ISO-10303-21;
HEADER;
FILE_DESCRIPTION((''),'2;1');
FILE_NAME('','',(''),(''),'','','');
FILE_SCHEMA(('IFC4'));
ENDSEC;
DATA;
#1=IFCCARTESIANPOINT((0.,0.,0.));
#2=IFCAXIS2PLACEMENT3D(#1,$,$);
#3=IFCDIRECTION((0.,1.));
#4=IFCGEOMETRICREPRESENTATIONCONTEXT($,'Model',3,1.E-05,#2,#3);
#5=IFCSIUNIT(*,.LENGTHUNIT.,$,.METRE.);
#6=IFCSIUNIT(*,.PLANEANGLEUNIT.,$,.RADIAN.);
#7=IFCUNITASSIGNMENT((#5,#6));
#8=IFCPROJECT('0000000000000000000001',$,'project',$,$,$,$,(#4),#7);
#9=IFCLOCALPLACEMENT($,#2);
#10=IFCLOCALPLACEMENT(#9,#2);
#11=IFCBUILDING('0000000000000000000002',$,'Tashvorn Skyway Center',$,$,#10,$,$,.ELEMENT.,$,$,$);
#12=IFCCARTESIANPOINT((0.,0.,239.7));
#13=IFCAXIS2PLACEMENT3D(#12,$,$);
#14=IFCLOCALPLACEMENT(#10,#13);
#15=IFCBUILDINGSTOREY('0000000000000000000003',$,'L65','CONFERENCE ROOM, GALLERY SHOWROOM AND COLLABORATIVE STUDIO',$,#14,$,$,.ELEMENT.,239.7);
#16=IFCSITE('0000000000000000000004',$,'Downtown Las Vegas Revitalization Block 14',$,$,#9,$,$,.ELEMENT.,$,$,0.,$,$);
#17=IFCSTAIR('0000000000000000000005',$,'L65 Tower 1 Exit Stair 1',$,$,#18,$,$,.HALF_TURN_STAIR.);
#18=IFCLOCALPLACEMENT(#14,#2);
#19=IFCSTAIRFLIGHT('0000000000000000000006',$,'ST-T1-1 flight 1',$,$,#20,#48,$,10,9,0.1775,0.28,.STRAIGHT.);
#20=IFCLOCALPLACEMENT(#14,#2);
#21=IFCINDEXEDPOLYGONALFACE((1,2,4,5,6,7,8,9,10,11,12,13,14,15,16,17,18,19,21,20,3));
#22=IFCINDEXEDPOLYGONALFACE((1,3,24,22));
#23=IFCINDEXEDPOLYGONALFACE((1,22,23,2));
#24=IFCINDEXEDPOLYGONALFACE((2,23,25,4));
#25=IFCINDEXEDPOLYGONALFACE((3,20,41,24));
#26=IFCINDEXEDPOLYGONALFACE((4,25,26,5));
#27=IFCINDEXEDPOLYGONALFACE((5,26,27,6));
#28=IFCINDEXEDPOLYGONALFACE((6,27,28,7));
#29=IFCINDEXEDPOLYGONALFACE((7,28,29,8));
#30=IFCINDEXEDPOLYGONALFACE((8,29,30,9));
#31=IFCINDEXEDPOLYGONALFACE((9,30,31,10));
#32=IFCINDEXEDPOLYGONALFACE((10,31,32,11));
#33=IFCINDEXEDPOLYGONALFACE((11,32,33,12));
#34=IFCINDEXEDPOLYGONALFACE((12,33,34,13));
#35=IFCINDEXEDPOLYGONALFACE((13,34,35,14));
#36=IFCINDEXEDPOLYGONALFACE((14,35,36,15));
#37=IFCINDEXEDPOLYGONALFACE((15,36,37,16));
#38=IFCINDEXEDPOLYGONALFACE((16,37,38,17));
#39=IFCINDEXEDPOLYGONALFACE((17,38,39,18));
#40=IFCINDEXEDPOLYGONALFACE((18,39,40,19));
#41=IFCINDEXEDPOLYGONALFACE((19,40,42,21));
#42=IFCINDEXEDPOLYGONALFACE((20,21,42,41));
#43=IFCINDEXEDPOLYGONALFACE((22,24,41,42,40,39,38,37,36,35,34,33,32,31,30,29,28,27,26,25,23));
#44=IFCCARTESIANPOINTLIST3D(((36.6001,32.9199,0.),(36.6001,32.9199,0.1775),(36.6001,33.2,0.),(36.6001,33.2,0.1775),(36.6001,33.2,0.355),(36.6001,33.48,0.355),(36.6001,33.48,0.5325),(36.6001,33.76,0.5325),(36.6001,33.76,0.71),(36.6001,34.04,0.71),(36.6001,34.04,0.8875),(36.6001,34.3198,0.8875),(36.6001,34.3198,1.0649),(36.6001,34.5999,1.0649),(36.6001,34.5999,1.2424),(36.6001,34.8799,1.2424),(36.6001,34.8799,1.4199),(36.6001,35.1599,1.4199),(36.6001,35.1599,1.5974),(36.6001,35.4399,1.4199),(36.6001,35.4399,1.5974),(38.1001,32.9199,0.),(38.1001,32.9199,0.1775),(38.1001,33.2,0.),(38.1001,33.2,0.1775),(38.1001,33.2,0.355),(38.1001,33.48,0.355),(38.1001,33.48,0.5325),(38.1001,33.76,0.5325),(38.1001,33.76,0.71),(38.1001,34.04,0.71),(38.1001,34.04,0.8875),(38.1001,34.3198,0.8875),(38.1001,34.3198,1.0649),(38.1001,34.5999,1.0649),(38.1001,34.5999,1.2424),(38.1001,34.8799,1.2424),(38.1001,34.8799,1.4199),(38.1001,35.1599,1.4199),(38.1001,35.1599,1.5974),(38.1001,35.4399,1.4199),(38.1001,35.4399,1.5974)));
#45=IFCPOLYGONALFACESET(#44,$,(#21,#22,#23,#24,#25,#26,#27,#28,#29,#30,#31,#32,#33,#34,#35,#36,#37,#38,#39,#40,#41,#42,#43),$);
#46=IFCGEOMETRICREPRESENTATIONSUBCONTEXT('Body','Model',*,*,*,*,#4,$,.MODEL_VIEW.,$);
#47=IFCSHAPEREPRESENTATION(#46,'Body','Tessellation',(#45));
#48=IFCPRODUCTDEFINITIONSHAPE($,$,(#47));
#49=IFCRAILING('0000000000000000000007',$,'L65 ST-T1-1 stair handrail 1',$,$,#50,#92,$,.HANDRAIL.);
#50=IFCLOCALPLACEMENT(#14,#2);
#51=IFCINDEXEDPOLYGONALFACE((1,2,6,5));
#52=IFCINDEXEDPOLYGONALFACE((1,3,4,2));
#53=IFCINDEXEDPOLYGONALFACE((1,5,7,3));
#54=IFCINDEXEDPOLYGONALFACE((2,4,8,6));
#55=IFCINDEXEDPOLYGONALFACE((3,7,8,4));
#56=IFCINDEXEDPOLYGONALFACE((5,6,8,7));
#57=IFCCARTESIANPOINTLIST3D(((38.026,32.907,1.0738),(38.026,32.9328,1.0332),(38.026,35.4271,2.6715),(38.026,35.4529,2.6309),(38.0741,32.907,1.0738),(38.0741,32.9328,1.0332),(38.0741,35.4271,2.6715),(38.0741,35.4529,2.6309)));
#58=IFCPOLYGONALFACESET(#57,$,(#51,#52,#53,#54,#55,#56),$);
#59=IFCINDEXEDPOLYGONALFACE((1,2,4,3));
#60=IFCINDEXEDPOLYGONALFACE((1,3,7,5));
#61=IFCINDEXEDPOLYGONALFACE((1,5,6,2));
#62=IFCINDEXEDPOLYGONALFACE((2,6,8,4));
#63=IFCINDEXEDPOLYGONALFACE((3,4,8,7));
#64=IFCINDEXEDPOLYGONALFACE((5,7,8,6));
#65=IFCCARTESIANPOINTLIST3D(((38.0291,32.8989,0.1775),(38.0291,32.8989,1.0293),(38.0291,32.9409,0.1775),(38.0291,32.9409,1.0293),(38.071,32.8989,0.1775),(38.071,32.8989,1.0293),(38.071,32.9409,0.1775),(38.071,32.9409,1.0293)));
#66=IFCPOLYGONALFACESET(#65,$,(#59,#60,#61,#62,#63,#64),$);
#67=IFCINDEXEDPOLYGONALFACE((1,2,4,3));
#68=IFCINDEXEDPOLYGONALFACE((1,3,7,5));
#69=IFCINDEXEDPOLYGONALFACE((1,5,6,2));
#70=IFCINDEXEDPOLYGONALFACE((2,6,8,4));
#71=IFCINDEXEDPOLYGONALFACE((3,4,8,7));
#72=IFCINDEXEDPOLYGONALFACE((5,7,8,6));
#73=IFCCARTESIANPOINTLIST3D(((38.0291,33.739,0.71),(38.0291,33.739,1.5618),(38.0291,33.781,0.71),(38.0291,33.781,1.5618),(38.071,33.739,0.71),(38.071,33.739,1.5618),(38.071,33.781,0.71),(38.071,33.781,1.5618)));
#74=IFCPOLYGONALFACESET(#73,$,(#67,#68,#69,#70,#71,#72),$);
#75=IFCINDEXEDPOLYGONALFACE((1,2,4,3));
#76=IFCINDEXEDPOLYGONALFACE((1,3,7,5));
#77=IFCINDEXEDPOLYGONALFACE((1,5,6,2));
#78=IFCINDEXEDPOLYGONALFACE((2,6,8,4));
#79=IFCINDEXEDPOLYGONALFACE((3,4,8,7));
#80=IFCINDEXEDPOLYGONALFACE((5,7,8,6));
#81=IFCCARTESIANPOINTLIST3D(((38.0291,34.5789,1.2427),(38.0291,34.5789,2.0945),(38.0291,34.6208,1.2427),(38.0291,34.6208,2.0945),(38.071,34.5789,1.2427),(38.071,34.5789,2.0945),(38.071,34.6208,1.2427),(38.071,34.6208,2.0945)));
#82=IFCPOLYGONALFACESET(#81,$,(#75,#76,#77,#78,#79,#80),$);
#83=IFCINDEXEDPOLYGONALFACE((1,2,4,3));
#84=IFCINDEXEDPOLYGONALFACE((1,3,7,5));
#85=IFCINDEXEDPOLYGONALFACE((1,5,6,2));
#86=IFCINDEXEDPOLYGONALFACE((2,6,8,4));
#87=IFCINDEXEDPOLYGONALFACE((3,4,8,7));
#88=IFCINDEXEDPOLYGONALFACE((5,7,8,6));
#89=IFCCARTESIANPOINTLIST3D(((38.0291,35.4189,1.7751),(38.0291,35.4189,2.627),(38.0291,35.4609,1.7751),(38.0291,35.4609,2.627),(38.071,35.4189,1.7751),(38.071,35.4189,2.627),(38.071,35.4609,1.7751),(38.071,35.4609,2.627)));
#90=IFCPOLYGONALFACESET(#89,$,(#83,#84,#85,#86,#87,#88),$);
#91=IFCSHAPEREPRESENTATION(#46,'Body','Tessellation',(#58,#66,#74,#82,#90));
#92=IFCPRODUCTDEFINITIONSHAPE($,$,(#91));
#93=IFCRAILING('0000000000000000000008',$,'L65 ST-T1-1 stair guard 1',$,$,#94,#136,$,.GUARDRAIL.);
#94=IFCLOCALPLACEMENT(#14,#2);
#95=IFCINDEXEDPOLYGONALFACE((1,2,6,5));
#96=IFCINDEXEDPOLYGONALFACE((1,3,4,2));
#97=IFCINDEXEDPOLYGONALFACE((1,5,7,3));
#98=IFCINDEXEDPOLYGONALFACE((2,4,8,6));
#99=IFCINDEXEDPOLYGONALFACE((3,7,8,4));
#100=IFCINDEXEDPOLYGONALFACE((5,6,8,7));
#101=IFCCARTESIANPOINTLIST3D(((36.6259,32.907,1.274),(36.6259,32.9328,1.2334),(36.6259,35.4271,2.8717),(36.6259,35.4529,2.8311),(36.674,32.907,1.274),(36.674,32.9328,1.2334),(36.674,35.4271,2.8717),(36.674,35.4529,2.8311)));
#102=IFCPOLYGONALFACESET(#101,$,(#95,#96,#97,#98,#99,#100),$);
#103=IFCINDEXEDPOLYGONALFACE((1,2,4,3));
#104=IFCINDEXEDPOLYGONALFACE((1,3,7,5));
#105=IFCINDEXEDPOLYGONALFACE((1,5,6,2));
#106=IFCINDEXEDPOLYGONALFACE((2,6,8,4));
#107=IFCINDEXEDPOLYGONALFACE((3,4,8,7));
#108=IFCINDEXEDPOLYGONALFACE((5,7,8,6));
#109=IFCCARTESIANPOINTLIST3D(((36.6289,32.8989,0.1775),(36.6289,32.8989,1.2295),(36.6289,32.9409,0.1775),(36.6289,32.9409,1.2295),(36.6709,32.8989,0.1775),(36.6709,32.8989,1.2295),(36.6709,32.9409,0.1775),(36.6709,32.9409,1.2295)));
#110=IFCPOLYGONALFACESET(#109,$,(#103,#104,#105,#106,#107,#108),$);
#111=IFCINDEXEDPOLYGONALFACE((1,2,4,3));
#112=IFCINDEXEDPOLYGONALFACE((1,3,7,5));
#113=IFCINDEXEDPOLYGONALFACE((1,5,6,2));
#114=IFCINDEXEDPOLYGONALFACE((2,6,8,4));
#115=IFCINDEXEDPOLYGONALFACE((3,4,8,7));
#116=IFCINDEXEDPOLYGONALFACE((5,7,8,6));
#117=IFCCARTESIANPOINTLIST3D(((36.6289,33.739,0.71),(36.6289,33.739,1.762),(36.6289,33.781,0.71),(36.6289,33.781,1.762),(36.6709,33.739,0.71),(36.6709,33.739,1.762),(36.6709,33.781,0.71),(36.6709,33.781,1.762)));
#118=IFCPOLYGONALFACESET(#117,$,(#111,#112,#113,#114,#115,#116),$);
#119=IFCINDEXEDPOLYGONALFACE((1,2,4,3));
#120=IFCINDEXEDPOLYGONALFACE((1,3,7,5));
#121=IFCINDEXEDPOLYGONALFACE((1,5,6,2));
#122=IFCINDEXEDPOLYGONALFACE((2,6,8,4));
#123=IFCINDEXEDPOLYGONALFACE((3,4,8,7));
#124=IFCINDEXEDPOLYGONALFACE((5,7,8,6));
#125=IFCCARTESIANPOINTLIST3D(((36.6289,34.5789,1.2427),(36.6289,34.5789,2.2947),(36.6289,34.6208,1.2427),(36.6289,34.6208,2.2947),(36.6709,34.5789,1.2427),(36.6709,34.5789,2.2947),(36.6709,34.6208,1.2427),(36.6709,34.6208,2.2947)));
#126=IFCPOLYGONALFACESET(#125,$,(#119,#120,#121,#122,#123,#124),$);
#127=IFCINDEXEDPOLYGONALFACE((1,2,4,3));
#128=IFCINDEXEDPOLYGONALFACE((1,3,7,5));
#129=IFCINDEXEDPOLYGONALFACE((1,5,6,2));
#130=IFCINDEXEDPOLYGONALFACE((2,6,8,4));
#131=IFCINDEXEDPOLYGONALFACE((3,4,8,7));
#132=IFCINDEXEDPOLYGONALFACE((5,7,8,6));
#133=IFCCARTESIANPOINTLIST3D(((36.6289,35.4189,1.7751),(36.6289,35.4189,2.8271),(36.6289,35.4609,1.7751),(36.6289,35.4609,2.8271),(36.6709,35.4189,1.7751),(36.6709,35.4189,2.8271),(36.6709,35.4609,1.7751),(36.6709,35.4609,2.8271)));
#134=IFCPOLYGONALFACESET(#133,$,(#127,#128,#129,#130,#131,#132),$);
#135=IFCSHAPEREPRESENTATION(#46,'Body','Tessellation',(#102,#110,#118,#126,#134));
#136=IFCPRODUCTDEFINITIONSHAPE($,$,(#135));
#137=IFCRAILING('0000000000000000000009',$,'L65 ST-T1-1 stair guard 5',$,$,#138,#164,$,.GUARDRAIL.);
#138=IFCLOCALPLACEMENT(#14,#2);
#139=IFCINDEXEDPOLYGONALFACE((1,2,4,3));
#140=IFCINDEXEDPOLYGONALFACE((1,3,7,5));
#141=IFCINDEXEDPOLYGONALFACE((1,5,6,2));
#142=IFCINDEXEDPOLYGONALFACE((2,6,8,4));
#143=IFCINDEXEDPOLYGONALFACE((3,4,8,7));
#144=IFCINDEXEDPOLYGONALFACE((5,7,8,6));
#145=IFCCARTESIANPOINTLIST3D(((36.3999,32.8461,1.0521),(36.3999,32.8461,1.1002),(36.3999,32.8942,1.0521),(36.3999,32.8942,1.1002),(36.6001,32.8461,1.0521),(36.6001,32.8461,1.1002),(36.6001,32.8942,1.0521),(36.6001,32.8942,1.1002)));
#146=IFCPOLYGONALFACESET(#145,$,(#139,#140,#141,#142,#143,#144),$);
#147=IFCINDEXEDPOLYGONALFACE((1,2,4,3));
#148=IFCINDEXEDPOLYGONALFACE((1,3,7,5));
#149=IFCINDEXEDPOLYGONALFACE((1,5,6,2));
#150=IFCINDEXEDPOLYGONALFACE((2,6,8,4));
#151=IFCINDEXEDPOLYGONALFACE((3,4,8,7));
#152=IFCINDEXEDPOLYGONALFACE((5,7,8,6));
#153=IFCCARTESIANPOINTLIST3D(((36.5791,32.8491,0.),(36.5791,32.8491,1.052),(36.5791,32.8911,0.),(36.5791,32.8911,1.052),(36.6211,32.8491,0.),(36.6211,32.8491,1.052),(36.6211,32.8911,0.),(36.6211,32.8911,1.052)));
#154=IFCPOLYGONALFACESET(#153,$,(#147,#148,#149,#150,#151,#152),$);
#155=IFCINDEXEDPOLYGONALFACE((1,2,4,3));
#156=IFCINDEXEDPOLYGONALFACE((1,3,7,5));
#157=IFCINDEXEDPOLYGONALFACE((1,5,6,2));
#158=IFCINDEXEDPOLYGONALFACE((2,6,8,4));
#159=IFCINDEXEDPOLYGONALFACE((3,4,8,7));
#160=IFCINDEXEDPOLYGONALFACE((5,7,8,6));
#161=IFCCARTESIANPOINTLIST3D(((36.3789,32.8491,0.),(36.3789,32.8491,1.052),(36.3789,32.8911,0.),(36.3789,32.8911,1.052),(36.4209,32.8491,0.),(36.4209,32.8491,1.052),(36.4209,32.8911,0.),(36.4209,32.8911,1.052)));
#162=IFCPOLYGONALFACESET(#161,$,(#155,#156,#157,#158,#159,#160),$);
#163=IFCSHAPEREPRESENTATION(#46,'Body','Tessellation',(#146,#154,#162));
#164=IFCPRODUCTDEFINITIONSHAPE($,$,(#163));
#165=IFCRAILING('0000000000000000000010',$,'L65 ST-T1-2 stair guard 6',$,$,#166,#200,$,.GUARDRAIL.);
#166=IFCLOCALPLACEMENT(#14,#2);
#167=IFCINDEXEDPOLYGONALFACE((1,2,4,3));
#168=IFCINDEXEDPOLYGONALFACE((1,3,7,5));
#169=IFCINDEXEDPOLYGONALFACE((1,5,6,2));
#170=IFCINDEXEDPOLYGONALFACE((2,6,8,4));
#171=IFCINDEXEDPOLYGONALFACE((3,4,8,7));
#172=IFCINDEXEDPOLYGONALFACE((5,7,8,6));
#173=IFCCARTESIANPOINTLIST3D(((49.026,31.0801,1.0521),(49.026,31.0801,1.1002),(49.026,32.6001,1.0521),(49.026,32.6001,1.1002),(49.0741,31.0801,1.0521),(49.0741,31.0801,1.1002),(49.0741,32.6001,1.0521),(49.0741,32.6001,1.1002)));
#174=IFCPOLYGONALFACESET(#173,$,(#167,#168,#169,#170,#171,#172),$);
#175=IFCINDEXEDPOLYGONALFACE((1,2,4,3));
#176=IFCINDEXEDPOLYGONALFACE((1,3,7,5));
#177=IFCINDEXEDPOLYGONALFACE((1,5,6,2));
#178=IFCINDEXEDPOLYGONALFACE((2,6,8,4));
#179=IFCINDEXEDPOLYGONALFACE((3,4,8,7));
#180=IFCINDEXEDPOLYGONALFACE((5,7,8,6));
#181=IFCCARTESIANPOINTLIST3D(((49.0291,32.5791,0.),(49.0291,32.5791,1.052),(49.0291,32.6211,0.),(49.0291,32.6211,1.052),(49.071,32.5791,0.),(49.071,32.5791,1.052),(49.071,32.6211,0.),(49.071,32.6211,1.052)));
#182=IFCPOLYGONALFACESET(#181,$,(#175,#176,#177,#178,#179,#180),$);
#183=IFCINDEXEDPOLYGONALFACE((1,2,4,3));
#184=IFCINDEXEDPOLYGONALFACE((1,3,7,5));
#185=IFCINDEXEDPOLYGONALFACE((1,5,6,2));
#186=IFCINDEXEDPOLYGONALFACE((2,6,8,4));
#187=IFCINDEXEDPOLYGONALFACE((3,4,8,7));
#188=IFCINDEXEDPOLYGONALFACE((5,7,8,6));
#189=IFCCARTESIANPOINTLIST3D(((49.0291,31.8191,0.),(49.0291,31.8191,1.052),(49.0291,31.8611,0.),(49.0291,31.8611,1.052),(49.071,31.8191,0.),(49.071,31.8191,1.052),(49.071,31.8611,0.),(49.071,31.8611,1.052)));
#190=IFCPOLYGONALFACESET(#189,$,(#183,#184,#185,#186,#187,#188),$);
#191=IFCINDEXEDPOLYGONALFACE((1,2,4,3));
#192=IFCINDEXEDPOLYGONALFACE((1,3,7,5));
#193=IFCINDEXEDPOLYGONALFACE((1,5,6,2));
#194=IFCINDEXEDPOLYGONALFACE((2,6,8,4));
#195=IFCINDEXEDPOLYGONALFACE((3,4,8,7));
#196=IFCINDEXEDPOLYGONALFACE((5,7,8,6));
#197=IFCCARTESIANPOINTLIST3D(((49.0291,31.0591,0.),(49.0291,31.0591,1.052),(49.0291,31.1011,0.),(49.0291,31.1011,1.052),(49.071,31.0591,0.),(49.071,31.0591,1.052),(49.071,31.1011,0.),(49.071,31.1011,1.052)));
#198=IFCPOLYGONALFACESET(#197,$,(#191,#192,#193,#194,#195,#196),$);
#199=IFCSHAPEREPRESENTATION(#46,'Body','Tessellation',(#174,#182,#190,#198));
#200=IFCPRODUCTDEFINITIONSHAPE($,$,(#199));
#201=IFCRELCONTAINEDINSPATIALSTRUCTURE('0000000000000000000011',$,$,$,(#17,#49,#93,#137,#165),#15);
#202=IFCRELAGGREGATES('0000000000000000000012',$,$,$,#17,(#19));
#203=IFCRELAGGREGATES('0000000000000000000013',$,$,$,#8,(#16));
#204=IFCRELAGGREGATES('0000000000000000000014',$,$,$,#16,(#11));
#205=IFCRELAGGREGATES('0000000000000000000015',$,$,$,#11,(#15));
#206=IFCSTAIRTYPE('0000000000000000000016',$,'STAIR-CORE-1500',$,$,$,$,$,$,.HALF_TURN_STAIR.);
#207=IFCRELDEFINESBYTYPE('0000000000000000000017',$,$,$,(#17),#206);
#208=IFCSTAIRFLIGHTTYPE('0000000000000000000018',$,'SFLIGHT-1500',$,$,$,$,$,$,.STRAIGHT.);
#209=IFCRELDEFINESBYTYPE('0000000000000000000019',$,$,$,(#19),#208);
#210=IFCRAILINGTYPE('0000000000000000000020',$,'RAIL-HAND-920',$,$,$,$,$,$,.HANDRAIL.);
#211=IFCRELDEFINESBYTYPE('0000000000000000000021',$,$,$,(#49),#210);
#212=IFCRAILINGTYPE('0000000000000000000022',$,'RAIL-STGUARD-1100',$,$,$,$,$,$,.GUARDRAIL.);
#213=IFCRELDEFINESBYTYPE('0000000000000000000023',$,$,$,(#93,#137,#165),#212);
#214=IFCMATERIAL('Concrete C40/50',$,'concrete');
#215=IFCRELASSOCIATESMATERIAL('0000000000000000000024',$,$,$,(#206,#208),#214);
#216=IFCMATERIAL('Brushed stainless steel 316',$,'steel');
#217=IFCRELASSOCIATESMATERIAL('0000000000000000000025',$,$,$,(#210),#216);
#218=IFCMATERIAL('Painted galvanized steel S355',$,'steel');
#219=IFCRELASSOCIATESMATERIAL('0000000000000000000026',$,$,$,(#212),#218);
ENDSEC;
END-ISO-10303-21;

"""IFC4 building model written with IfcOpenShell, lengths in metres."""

from ifc_helpers import new_model, si_unit, direction, frame, origin, origin_2d, place, context, subcontext, project, spatial, polyline, rectangle, outline, extrude, material, type_object, element, aggregate, save


model = new_model("IFC4")

# Units and contexts
model_context = context("Model", 3, precision=1e-05, world=origin(), true_north=direction((0.0, 1.0)))
body_context = subcontext(model_context, "Body", "Model", "MODEL_VIEW")
ifc_project = project(units=[si_unit("LENGTHUNIT", "METRE"), si_unit("PLANEANGLEUNIT", "RADIAN")], contexts=[model_context])

# Site, building, storey
site_placement = place(None, origin())
site = spatial("IfcSite", under=ifc_project, at=site_placement, Name="Downtown Las Vegas Revitalization Block 14", CompositionType="ELEMENT", RefElevation=0.0)
building_placement = place(site_placement, origin())
building = spatial("IfcBuilding", under=site, at=building_placement, Name="Tashvorn Skyway Center", CompositionType="ELEMENT")
storey_placement = place(building_placement, frame((0.0, 0.0, 239.7)))
storey = spatial("IfcBuildingStorey", under=building, at=storey_placement, Name="L65", Description="CONFERENCE ROOM, GALLERY SHOWROOM AND COLLABORATIVE STUDIO", CompositionType="ELEMENT", Elevation=239.7)

# Shared definitions
ifc_material_1 = material(Name="Concrete C40/50", Category="concrete")

# Stair, stair flight
stair_type = type_object("IfcStairType", Name="STAIR-CORE-1500", PredefinedType="HALF_TURN_STAIR", material=ifc_material_1)
stair_placement = place(storey_placement, origin())
stair = element("IfcStair", 1, at=stair_placement, inside=storey, type_object=stair_type, Name="L65 Tower 1 Exit Stair 1", PredefinedType="HALF_TURN_STAIR")
stair_flight_type = type_object("IfcStairFlightType", Name="SFLIGHT-1500", PredefinedType="STRAIGHT", material=ifc_material_1)
stair_flight_placement = place(storey_placement, frame((37.3501, 32.9199, 0.0), z_axis=(0.0, 0.0, 1.0), x_axis=(0.0, 1.0, 0.0)))
stair_flight = element("IfcStairFlight", 2, at=stair_flight_placement, type_object=stair_flight_type, Name="ST-T1-1 flight 1", NumberOfRisers=10, NumberOfTreads=9, PredefinedType="STRAIGHT", RiserHeight=0.1775, TreadLength=0.28, context=body_context, shape_type="SweptSolid", body=[
    extrude(outline(polyline([(0.0, 0.0), (0.0, 0.1775), (0.28, 0.1775), (0.28, 0.355), (0.5601, 0.355), (0.5601, 0.5325), (0.8401, 0.5325), (0.8401, 0.71), (1.1201, 0.71), (1.1201, 0.8875), (1.3999, 0.8875), (1.3999, 1.0649), (1.6799, 1.0649), (1.6799, 1.2424), (1.96, 1.2424), (1.96, 1.4199), (2.24, 1.4199), (2.24, 1.5974), (2.52, 1.5974), (2.52, 1.7749), (2.52, 1.4199), (0.28, 0.0), (0.0, 0.0)])), frame((0.0, 0.75, 0.0), z_axis=(0.0, -1.0, 0.0), x_axis=(1.0, 0.0, 0.0)), (0.0, 0.0, 1.0), 1.5),
])
aggregate(stair, [stair_flight])

# Railings
ifc_material_2 = material(Name="Brushed stainless steel 316", Category="steel")
railing_type_1 = type_object("IfcRailingType", Name="RAIL-HAND-920", PredefinedType="HANDRAIL", material=ifc_material_2)
railing_1_placement = place(storey_placement, frame((38.05, 32.9199, 0.1775)))
element("IfcRailing", 3, at=railing_1_placement, inside=storey, type_object=railing_type_1, Name="L65 ST-T1-1 stair handrail 1", PredefinedType="HANDRAIL", context=body_context, shape_type="SweptSolid", body=[
    extrude(rectangle(XDim=0.0481, YDim=0.0481, at=origin_2d()), frame((0.0, 0.0, 0.876), z_axis=(0.0, 0.84457, 0.535445), x_axis=(-1.0, 0.0, 0.0)), (0.0, 0.0, 1.0), 2.9839),
    extrude(rectangle(XDim=0.042, YDim=0.042, at=origin_2d()), origin(), (0.0, 0.0, 1.0), 0.8518),
    extrude(rectangle(XDim=0.042, YDim=0.042, at=origin_2d()), frame((0.0, 0.8401, 0.5325)), (0.0, 0.0, 1.0), 0.8518),
    extrude(rectangle(XDim=0.042, YDim=0.042, at=origin_2d()), frame((0.0, 1.6799, 1.0652)), (0.0, 0.0, 1.0), 0.8518),
    extrude(rectangle(XDim=0.042, YDim=0.042, at=origin_2d()), frame((0.0, 2.52, 1.5977)), (0.0, 0.0, 1.0), 0.8518),
])
ifc_material_3 = material(Name="Painted galvanized steel S355", Category="steel")
railing_type_2 = type_object("IfcRailingType", Name="RAIL-STGUARD-1100", PredefinedType="GUARDRAIL", material=ifc_material_3)
railing_2_placement = place(storey_placement, frame((36.6499, 32.9199, 0.1775)))
element("IfcRailing", 4, at=railing_2_placement, inside=storey, type_object=railing_type_2, Name="L65 ST-T1-1 stair guard 1", PredefinedType="GUARDRAIL", context=body_context, shape_type="SweptSolid", body=[
    extrude(rectangle(XDim=0.0481, YDim=0.0481, at=origin_2d()), frame((0.0, 0.0, 1.0762), z_axis=(0.0, 0.84457, 0.535445), x_axis=(-1.0, 0.0, 0.0)), (0.0, 0.0, 1.0), 2.9839),
    extrude(rectangle(XDim=0.042, YDim=0.042, at=origin_2d()), origin(), (0.0, 0.0, 1.0), 1.052),
    extrude(rectangle(XDim=0.042, YDim=0.042, at=origin_2d()), frame((0.0, 0.8401, 0.5325)), (0.0, 0.0, 1.0), 1.052),
    extrude(rectangle(XDim=0.042, YDim=0.042, at=origin_2d()), frame((0.0, 1.6799, 1.0652)), (0.0, 0.0, 1.0), 1.052),
    extrude(rectangle(XDim=0.042, YDim=0.042, at=origin_2d()), frame((0.0, 2.52, 1.5977)), (0.0, 0.0, 1.0), 1.052),
])
railing_3_placement = place(storey_placement, frame((36.6001, 32.8701, 0.0)))
element("IfcRailing", 5, at=railing_3_placement, inside=storey, type_object=railing_type_2, Name="L65 ST-T1-1 stair guard 5", PredefinedType="GUARDRAIL", context=body_context, shape_type="SweptSolid", body=[
    extrude(rectangle(XDim=0.0481, YDim=0.0481, at=origin_2d()), frame((0.0, 0.0, 1.0762), z_axis=(-1.0, 0.0, 0.0), x_axis=(0.0, -1.0, 0.0)), (0.0, 0.0, 1.0), 0.2002),
    extrude(rectangle(XDim=0.042, YDim=0.042, at=origin_2d()), origin(), (0.0, 0.0, 1.0), 1.052),
    extrude(rectangle(XDim=0.042, YDim=0.042, at=origin_2d()), frame((-0.2002, 0.0, 0.0)), (0.0, 0.0, 1.0), 1.052),
])
railing_4_placement = place(storey_placement, frame((49.05, 32.6001, 0.0)))
element("IfcRailing", 6, at=railing_4_placement, inside=storey, type_object=railing_type_2, Name="L65 ST-T1-2 stair guard 6", PredefinedType="GUARDRAIL", context=body_context, shape_type="SweptSolid", body=[
    extrude(rectangle(XDim=0.0481, YDim=0.0481, at=origin_2d()), frame((0.0, 0.0, 1.0762), z_axis=(0.0, -1.0, 0.0), x_axis=(1.0, 0.0, 0.0)), (0.0, 0.0, 1.0), 1.52),
    extrude(rectangle(XDim=0.042, YDim=0.042, at=origin_2d()), origin(), (0.0, 0.0, 1.0), 1.052),
    extrude(rectangle(XDim=0.042, YDim=0.042, at=origin_2d()), frame((0.0, -0.76, 0.0)), (0.0, 0.0, 1.0), 1.052),
    extrude(rectangle(XDim=0.042, YDim=0.042, at=origin_2d()), frame((0.0, -1.52, 0.0)), (0.0, 0.0, 1.0), 1.052),
])

save(model, "model.ifc")
